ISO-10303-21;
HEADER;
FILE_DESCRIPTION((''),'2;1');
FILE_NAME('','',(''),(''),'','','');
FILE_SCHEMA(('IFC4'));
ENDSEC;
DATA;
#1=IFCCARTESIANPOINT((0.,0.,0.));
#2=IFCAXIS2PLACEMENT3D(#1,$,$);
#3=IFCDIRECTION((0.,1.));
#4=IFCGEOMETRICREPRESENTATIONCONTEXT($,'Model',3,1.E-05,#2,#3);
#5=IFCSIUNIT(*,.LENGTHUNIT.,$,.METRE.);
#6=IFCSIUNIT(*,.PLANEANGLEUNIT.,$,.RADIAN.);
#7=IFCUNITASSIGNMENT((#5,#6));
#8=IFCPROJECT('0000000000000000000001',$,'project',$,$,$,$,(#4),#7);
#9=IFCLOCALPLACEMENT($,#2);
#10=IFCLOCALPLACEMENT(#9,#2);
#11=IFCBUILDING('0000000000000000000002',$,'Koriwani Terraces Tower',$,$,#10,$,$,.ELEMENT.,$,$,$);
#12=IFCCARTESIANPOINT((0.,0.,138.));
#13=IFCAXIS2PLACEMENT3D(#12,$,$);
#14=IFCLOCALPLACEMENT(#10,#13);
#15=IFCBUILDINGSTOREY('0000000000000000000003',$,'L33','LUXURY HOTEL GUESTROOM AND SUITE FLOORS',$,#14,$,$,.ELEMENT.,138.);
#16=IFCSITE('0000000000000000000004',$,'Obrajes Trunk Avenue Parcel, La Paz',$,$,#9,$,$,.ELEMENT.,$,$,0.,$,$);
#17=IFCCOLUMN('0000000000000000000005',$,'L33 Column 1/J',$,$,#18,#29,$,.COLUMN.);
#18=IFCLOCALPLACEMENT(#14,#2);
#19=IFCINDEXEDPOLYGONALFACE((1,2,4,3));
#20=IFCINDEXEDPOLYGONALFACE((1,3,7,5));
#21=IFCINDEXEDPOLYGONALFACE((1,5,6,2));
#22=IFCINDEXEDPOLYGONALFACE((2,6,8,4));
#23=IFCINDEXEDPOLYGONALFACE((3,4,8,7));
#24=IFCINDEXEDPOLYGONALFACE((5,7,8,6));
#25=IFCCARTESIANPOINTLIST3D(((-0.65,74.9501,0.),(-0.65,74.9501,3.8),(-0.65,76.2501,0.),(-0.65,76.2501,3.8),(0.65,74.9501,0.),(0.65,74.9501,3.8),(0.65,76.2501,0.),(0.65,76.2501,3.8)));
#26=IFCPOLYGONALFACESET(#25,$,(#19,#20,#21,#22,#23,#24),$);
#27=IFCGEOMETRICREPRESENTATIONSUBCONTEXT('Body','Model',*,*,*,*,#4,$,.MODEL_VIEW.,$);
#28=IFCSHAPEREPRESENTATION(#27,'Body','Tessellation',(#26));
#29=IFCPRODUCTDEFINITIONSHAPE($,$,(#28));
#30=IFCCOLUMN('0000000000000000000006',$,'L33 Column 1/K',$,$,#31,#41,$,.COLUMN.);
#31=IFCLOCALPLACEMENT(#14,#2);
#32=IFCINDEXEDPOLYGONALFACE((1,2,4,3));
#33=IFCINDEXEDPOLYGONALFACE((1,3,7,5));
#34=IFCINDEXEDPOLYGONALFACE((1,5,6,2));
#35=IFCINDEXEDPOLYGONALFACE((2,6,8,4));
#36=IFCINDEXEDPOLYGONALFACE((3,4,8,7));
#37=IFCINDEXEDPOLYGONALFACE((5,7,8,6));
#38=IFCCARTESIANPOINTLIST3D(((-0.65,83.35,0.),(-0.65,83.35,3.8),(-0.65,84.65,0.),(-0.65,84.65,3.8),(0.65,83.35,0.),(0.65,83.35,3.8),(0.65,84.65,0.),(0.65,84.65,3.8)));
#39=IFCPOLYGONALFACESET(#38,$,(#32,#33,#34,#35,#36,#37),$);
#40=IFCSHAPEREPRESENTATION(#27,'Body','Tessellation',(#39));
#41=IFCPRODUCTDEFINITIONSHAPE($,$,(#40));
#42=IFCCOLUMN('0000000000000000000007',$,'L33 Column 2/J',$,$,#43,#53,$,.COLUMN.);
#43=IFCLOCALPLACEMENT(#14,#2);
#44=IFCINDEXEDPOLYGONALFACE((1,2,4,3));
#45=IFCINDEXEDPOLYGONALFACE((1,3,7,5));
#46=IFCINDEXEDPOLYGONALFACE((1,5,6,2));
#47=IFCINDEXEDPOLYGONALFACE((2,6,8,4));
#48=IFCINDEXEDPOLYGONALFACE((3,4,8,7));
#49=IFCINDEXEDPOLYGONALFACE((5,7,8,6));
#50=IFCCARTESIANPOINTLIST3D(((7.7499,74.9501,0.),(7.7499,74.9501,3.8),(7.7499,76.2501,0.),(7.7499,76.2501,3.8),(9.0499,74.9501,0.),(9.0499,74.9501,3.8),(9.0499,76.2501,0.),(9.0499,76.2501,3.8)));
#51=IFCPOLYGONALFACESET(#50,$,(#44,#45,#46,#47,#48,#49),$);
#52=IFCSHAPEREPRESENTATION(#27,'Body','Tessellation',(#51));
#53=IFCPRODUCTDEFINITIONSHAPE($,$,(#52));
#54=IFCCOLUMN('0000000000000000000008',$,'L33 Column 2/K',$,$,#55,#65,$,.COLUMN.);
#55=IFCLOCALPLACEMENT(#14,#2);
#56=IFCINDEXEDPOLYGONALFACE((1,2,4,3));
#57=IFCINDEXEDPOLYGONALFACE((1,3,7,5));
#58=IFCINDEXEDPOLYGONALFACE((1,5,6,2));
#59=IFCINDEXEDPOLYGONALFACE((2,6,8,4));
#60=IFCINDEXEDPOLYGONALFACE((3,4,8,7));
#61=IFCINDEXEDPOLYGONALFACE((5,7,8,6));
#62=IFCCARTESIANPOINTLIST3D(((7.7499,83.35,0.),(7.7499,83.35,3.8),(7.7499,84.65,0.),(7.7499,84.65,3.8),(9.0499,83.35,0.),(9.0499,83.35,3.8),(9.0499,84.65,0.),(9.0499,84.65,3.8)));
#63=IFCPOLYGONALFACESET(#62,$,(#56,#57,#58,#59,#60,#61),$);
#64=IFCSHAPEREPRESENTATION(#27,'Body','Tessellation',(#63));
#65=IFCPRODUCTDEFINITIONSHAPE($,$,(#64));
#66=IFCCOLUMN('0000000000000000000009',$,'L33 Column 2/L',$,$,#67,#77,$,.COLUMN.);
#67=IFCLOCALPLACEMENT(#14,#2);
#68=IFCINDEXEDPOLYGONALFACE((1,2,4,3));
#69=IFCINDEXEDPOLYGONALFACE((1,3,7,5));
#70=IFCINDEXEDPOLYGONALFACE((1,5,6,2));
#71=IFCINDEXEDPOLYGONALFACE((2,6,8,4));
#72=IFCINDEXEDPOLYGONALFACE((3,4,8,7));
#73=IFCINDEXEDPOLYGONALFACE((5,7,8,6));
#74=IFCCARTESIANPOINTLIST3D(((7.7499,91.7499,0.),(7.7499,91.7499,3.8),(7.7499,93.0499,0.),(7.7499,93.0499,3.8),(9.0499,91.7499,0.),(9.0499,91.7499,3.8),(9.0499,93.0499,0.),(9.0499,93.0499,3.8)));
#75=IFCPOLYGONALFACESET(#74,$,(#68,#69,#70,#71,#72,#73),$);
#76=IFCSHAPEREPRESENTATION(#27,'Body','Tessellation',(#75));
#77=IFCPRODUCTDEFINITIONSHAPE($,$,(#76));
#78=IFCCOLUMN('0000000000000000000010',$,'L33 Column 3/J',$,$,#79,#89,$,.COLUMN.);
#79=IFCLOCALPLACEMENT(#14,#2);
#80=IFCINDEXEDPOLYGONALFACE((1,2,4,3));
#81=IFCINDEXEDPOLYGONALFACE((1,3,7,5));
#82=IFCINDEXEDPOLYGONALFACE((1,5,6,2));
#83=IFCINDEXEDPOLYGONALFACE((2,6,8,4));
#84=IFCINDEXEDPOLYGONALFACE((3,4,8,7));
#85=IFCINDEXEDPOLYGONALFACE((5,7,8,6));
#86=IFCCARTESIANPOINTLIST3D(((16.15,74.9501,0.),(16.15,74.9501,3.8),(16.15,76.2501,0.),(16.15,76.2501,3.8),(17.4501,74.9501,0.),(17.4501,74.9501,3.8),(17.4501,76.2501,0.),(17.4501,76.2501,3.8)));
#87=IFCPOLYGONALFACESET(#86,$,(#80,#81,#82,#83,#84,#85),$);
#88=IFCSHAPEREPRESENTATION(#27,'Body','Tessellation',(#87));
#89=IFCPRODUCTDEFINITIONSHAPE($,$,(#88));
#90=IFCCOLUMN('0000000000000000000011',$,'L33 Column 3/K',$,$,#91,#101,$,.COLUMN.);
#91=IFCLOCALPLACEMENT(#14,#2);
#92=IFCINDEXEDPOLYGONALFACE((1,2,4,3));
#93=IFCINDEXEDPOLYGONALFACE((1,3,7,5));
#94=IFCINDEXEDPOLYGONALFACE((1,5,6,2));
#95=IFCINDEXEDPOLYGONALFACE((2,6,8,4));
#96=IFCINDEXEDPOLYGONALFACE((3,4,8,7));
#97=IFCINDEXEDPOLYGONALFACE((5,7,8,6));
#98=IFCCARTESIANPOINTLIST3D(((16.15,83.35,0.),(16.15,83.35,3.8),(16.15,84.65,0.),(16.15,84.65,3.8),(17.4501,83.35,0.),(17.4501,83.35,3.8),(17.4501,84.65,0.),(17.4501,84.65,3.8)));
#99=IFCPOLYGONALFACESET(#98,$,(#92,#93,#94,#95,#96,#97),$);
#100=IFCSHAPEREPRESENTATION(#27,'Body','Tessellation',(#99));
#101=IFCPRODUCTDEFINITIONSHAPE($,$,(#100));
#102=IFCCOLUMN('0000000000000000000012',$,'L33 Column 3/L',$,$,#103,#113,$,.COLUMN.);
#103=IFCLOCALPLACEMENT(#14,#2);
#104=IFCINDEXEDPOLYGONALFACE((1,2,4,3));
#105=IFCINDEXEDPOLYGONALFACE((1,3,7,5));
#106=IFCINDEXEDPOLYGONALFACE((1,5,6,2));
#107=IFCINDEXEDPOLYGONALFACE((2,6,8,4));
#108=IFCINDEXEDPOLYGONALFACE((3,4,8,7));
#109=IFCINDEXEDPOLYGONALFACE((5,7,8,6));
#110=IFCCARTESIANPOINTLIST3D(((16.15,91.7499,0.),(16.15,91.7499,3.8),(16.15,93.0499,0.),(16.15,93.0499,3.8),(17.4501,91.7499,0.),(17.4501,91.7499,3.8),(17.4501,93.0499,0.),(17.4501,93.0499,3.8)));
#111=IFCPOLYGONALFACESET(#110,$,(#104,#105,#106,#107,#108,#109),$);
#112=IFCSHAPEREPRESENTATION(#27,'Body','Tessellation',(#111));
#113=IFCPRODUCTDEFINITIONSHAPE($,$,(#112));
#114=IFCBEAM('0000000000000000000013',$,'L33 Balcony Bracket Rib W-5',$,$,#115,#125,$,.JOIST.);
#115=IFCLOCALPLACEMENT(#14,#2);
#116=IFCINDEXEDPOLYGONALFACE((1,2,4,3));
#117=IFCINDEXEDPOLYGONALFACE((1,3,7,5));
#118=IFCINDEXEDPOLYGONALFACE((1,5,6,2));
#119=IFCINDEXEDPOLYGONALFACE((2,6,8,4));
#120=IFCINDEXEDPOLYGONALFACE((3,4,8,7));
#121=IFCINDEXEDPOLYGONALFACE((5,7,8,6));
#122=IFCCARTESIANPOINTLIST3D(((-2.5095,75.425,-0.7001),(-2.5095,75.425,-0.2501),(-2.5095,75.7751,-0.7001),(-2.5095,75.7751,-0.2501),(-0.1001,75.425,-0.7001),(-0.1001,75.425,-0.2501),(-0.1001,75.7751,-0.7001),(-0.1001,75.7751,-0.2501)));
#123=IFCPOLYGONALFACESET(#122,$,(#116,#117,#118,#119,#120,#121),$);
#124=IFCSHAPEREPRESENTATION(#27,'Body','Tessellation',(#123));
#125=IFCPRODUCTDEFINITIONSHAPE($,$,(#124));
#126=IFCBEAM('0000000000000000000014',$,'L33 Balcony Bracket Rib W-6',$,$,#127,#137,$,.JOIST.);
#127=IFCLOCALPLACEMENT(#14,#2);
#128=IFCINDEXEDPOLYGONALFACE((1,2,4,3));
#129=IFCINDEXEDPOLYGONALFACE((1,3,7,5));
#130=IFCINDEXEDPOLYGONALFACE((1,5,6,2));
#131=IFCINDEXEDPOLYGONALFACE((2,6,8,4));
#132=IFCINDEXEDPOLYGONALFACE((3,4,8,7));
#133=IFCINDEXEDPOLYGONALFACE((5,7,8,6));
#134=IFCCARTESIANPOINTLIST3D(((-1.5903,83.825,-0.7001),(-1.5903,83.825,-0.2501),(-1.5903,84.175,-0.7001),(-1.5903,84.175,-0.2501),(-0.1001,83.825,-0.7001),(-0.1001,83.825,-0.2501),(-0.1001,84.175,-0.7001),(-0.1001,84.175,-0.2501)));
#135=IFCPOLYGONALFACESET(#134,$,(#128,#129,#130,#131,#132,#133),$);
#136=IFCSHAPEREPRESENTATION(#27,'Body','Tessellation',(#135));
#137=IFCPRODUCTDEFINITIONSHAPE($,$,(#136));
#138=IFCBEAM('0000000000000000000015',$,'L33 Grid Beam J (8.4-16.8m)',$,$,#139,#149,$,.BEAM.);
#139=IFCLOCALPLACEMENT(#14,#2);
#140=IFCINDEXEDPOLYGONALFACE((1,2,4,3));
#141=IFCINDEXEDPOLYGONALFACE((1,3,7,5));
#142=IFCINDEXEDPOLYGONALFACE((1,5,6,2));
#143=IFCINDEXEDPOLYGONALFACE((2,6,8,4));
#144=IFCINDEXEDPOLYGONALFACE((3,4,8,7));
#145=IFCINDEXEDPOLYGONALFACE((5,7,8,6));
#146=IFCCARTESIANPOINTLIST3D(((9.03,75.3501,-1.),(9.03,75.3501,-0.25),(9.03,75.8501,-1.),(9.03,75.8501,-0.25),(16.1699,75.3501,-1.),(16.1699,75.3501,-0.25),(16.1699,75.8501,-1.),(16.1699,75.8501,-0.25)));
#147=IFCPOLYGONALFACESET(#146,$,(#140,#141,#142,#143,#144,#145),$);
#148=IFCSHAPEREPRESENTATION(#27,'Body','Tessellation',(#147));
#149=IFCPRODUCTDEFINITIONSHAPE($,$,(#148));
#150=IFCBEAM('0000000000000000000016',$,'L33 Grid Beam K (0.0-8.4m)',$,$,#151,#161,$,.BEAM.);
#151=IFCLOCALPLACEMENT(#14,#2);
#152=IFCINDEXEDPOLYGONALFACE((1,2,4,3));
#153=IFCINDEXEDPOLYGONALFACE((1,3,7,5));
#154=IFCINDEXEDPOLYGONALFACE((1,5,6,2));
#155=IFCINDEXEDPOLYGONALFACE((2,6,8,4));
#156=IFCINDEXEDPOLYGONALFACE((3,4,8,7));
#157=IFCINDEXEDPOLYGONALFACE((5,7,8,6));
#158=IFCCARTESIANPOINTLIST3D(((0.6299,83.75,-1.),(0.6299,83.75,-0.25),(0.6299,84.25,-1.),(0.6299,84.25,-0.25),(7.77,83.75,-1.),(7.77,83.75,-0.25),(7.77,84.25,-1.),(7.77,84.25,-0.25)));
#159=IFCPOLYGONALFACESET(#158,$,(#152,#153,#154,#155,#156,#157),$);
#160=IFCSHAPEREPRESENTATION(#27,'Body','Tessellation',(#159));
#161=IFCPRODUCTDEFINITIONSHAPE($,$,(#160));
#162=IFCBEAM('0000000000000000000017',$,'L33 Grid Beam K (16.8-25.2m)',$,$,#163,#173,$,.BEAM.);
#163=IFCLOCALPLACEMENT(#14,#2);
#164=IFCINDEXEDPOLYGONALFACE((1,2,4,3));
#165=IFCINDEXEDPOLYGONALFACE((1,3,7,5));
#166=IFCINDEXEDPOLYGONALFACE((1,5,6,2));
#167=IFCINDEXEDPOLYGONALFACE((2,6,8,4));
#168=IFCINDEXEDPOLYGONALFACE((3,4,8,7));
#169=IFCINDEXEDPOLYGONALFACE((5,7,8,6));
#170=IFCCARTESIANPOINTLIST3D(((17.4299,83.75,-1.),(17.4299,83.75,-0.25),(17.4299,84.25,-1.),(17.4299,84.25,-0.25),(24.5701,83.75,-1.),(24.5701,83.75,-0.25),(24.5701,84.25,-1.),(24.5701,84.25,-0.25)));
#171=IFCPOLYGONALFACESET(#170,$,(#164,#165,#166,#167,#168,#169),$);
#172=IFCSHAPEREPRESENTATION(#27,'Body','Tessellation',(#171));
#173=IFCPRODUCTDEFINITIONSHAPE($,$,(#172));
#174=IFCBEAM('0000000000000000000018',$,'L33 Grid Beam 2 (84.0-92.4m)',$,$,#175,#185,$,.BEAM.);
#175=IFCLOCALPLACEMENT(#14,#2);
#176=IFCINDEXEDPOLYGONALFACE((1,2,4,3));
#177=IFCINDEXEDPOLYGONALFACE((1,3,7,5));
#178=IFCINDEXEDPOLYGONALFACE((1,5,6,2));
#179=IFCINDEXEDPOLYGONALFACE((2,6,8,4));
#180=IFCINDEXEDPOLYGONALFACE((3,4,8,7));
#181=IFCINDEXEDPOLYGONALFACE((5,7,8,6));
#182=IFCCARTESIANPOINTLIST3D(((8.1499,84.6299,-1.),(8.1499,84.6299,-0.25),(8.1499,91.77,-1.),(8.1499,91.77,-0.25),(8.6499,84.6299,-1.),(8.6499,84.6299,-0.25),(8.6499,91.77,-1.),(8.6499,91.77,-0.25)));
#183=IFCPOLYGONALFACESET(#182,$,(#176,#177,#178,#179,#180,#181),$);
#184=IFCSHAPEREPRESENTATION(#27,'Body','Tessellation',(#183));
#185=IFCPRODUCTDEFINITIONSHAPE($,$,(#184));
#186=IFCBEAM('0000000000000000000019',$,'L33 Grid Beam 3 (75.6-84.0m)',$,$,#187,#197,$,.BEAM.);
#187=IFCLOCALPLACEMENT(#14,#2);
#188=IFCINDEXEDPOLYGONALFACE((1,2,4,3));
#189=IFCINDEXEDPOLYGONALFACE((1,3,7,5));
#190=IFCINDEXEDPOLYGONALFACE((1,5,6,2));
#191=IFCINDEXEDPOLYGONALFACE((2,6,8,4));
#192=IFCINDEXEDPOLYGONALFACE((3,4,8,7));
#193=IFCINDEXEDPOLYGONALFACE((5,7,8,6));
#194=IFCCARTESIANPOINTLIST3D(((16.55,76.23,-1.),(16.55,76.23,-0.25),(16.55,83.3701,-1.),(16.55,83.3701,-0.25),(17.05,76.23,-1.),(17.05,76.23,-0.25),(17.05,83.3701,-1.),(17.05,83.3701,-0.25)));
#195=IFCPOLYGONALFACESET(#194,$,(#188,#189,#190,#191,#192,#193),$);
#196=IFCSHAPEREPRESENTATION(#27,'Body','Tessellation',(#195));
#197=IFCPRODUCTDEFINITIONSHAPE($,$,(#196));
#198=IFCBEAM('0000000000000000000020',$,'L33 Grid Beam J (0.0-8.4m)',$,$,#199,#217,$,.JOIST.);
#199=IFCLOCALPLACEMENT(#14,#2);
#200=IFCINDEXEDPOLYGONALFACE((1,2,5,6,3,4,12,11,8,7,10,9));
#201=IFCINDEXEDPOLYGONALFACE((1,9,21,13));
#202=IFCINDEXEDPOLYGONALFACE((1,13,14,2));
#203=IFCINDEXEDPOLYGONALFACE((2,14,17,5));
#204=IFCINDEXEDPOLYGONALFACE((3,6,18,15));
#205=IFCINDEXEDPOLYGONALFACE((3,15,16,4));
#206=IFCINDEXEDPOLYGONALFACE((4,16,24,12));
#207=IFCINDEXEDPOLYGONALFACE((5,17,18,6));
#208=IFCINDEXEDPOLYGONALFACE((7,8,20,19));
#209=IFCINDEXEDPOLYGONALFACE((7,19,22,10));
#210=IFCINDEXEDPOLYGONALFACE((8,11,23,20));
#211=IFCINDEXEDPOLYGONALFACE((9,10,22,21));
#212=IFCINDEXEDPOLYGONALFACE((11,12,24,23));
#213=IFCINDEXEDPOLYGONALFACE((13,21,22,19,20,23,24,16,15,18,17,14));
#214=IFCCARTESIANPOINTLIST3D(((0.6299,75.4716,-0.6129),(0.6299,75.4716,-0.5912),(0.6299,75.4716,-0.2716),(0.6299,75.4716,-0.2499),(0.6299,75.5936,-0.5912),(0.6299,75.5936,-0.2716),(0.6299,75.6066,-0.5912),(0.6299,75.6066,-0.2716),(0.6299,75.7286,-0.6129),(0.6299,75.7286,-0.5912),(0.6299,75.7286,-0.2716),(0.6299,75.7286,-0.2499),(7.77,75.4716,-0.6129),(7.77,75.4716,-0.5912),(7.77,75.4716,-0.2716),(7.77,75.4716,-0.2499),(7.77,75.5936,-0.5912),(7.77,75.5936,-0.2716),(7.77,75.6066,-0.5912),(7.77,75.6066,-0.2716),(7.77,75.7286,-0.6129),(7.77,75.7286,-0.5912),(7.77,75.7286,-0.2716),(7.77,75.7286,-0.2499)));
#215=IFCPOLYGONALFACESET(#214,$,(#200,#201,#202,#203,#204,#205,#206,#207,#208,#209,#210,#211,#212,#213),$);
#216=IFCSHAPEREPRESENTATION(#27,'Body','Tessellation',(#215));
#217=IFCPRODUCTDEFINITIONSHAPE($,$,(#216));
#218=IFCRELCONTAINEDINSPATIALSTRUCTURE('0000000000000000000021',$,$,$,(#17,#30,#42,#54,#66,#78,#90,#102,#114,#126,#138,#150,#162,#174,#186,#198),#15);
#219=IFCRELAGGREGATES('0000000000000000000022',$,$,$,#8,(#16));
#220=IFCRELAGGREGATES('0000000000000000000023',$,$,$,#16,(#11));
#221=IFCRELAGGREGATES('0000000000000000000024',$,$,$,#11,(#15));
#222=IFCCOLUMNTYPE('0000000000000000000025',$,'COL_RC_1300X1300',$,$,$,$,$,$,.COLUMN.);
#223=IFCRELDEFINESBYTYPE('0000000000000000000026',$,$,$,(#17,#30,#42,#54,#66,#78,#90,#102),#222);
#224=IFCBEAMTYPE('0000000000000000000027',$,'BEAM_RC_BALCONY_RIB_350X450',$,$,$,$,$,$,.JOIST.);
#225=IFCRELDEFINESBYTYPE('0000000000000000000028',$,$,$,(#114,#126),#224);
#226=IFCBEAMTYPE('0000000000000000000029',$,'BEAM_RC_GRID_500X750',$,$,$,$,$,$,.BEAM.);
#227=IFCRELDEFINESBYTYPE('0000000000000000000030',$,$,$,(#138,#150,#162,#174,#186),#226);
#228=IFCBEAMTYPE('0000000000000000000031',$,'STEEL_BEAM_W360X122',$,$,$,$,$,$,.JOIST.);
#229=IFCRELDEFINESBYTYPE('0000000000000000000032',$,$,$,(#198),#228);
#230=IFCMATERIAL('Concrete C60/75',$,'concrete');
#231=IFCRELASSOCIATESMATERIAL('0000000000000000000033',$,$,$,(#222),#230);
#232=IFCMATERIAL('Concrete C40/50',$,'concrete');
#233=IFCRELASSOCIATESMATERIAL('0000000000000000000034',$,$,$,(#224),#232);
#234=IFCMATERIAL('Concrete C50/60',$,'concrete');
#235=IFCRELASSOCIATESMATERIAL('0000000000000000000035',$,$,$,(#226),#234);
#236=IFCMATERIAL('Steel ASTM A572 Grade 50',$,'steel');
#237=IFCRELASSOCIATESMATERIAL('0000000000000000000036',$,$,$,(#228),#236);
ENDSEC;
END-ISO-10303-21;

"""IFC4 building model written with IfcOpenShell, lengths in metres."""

from ifc_helpers import new_model, si_unit, direction, frame, origin, origin_2d, place, context, subcontext, project, spatial, rectangle, i_section, extrude, material, material_profile, profile_set, type_object, element, save


model = new_model("IFC4")

# Units and contexts
model_context = context("Model", 3, precision=1e-05, world=origin(), true_north=direction((0.0, 1.0)))
body_context = subcontext(model_context, "Body", "Model", "MODEL_VIEW")
ifc_project = project(units=[si_unit("LENGTHUNIT", "METRE"), si_unit("PLANEANGLEUNIT", "RADIAN")], contexts=[model_context])

# Site, building, storey
site_placement = place(None, origin())
site = spatial("IfcSite", under=ifc_project, at=site_placement, Name="Obrajes Trunk Avenue Parcel, La Paz", CompositionType="ELEMENT", RefElevation=0.0)
building_placement = place(site_placement, origin())
building = spatial("IfcBuilding", under=site, at=building_placement, Name="Koriwani Terraces Tower", CompositionType="ELEMENT")
storey_placement = place(building_placement, frame((0.0, 0.0, 138.0)))
storey = spatial("IfcBuildingStorey", under=building, at=storey_placement, Name="L33", Description="LUXURY HOTEL GUESTROOM AND SUITE FLOORS", CompositionType="ELEMENT", Elevation=138.0)

# Columns
ifc_material_1 = material(Name="Concrete C60/75", Category="concrete")
ifc_material_profile_1 = material_profile(ifc_material_1, rectangle(XDim=1.3, YDim=1.3, at=origin_2d()), Name="Concrete C60/75", Category="LoadBearing")
ifc_profile_set_1 = profile_set([ifc_material_profile_1], Name="Concrete C60/75")
column_type = type_object("IfcColumnType", Name="COL_RC_1300X1300", PredefinedType="COLUMN", material=ifc_profile_set_1)
for number, where, z_axis, x_axis, name in (
    (1, (0.0, 75.6001, 0.0), (0.0, 0.0, 1.0), (1.0, 0.0, 0.0), "L33 Column 1/J"),
    (2, (0.0, 84.0, 0.0), (0.0, 0.0, 1.0), (1.0, 0.0, 0.0), "L33 Column 1/K"),
    (3, (8.3999, 75.6001, 0.0), (0.0, 0.0, 1.0), (1.0, 0.0, 0.0), "L33 Column 2/J"),
    (4, (8.3999, 84.0, 0.0), (0.0, 0.0, 1.0), (1.0, 0.0, 0.0), "L33 Column 2/K"),
    (5, (8.3999, 92.3999, 0.0), (0.0, 0.0, 1.0), (1.0, 0.0, 0.0), "L33 Column 2/L"),
    (6, (16.8, 75.6001, 0.0), (0.0, 0.0, 1.0), (1.0, 0.0, 0.0), "L33 Column 3/J"),
    (7, (16.8, 84.0, 0.0), (0.0, 0.0, 1.0), (1.0, 0.0, 0.0), "L33 Column 3/K"),
    (8, (16.8, 92.3999, 0.0), (0.0, 0.0, 1.0), (1.0, 0.0, 0.0), "L33 Column 3/L"),
):
    element("IfcColumn", number, at=place(storey_placement, frame(where, z_axis=z_axis, x_axis=x_axis)), inside=storey, type_object=column_type, Name=name, PredefinedType="COLUMN", context=body_context, shape_type="SweptSolid", body=[
        extrude(rectangle(XDim=1.3, YDim=1.3, at=origin_2d()), origin(), (0.0, 0.0, 1.0), 3.8),
    ])

# Beams
ifc_material_2 = material(Name="Concrete C40/50", Category="concrete")
ifc_material_profile_2 = material_profile(ifc_material_2, rectangle(XDim=0.3501, YDim=0.45, at=origin_2d()), Name="Concrete C40/50", Category="LoadBearing")
ifc_profile_set_2 = profile_set([ifc_material_profile_2], Name="Concrete C40/50")
beam_type_1 = type_object("IfcBeamType", Name="BEAM_RC_BALCONY_RIB_350X450", PredefinedType="JOIST", material=ifc_profile_set_2)
beam_1_placement = place(storey_placement, frame((-2.5095, 75.6001, -0.4751), z_axis=(1.0, 0.0, 0.0), x_axis=(0.0, 1.0, 0.0)))
element("IfcBeam", 9, at=beam_1_placement, inside=storey, type_object=beam_type_1, Name="L33 Balcony Bracket Rib W-5", PredefinedType="JOIST", context=body_context, shape_type="SweptSolid", body=[
    extrude(rectangle(XDim=0.3501, YDim=0.45, at=origin_2d()), origin(), (0.0, 0.0, 1.0), 2.4094),
])
beam_2_placement = place(storey_placement, frame((-1.5903, 84.0, -0.4751), z_axis=(1.0, 0.0, 0.0), x_axis=(0.0, 1.0, 0.0)))
element("IfcBeam", 10, at=beam_2_placement, inside=storey, type_object=beam_type_1, Name="L33 Balcony Bracket Rib W-6", PredefinedType="JOIST", context=body_context, shape_type="SweptSolid", body=[
    extrude(rectangle(XDim=0.3501, YDim=0.45, at=origin_2d()), origin(), (0.0, 0.0, 1.0), 1.4902),
])
ifc_material_3 = material(Name="Concrete C50/60", Category="concrete")
ifc_material_profile_3 = material_profile(ifc_material_3, rectangle(XDim=0.5, YDim=0.75, at=origin_2d()), Name="Concrete C50/60", Category="LoadBearing")
ifc_profile_set_3 = profile_set([ifc_material_profile_3], Name="Concrete C50/60")
beam_type_2 = type_object("IfcBeamType", Name="BEAM_RC_GRID_500X750", PredefinedType="BEAM", material=ifc_profile_set_3)
beam_3_placement = place(storey_placement, frame((9.03, 75.6001, -0.625), z_axis=(1.0, 0.0, 0.0), x_axis=(0.0, 1.0, 0.0)))
element("IfcBeam", 11, at=beam_3_placement, inside=storey, type_object=beam_type_2, Name="L33 Grid Beam J (8.4-16.8m)", PredefinedType="BEAM", context=body_context, shape_type="SweptSolid", body=[
    extrude(rectangle(XDim=0.5, YDim=0.75, at=origin_2d()), origin(), (0.0, 0.0, 1.0), 7.1399),
])
for number, where, z_axis, x_axis, name in (
    (12, (0.6299, 84.0, -0.625), (1.0, 0.0, 0.0), (0.0, 1.0, 0.0), "L33 Grid Beam K (0.0-8.4m)"),
    (13, (17.4299, 84.0, -0.625), (1.0, 0.0, 0.0), (0.0, 1.0, 0.0), "L33 Grid Beam K (16.8-25.2m)"),
    (14, (8.3999, 84.6299, -0.625), (0.0, 1.0, 0.0), (-1.0, 0.0, 0.0), "L33 Grid Beam 2 (84.0-92.4m)"),
    (15, (16.8, 76.23, -0.625), (0.0, 1.0, 0.0), (-1.0, 0.0, 0.0), "L33 Grid Beam 3 (75.6-84.0m)"),
):
    element("IfcBeam", number, at=place(storey_placement, frame(where, z_axis=z_axis, x_axis=x_axis)), inside=storey, type_object=beam_type_2, Name=name, PredefinedType="BEAM", context=body_context, shape_type="SweptSolid", body=[
        extrude(rectangle(XDim=0.5, YDim=0.75, at=origin_2d()), origin(), (0.0, 0.0, 1.0), 7.1401),
    ])
ifc_material_4 = material(Name="Steel ASTM A572 Grade 50", Category="steel")
ifc_material_profile_4 = material_profile(ifc_material_4, i_section(OverallWidth=0.2571, OverallDepth=0.363, WebThickness=0.0129, FlangeThickness=0.0217, at=origin_2d()), Name="Steel ASTM A572 Grade 50", Category="LoadBearing")
ifc_profile_set_4 = profile_set([ifc_material_profile_4], Name="Steel ASTM A572 Grade 50")
beam_type_3 = type_object("IfcBeamType", Name="STEEL_BEAM_W360X122", PredefinedType="JOIST", material=ifc_profile_set_4)
for number, where, z_axis, x_axis, name in (
    (16, (0.6299, 75.6001, -0.4314), (1.0, 0.0, 0.0), (0.0, 1.0, 0.0), "L33 Grid Beam J (0.0-8.4m)"),
):
    element("IfcBeam", number, at=place(storey_placement, frame(where, z_axis=z_axis, x_axis=x_axis)), inside=storey, type_object=beam_type_3, Name=name, PredefinedType="JOIST", context=body_context, shape_type="SweptSolid", body=[
        extrude(i_section(OverallWidth=0.2571, OverallDepth=0.363, WebThickness=0.0129, FlangeThickness=0.0217, at=origin_2d()), origin(), (0.0, 0.0, 1.0), 7.1401),
    ])

save(model, "model.ifc")
